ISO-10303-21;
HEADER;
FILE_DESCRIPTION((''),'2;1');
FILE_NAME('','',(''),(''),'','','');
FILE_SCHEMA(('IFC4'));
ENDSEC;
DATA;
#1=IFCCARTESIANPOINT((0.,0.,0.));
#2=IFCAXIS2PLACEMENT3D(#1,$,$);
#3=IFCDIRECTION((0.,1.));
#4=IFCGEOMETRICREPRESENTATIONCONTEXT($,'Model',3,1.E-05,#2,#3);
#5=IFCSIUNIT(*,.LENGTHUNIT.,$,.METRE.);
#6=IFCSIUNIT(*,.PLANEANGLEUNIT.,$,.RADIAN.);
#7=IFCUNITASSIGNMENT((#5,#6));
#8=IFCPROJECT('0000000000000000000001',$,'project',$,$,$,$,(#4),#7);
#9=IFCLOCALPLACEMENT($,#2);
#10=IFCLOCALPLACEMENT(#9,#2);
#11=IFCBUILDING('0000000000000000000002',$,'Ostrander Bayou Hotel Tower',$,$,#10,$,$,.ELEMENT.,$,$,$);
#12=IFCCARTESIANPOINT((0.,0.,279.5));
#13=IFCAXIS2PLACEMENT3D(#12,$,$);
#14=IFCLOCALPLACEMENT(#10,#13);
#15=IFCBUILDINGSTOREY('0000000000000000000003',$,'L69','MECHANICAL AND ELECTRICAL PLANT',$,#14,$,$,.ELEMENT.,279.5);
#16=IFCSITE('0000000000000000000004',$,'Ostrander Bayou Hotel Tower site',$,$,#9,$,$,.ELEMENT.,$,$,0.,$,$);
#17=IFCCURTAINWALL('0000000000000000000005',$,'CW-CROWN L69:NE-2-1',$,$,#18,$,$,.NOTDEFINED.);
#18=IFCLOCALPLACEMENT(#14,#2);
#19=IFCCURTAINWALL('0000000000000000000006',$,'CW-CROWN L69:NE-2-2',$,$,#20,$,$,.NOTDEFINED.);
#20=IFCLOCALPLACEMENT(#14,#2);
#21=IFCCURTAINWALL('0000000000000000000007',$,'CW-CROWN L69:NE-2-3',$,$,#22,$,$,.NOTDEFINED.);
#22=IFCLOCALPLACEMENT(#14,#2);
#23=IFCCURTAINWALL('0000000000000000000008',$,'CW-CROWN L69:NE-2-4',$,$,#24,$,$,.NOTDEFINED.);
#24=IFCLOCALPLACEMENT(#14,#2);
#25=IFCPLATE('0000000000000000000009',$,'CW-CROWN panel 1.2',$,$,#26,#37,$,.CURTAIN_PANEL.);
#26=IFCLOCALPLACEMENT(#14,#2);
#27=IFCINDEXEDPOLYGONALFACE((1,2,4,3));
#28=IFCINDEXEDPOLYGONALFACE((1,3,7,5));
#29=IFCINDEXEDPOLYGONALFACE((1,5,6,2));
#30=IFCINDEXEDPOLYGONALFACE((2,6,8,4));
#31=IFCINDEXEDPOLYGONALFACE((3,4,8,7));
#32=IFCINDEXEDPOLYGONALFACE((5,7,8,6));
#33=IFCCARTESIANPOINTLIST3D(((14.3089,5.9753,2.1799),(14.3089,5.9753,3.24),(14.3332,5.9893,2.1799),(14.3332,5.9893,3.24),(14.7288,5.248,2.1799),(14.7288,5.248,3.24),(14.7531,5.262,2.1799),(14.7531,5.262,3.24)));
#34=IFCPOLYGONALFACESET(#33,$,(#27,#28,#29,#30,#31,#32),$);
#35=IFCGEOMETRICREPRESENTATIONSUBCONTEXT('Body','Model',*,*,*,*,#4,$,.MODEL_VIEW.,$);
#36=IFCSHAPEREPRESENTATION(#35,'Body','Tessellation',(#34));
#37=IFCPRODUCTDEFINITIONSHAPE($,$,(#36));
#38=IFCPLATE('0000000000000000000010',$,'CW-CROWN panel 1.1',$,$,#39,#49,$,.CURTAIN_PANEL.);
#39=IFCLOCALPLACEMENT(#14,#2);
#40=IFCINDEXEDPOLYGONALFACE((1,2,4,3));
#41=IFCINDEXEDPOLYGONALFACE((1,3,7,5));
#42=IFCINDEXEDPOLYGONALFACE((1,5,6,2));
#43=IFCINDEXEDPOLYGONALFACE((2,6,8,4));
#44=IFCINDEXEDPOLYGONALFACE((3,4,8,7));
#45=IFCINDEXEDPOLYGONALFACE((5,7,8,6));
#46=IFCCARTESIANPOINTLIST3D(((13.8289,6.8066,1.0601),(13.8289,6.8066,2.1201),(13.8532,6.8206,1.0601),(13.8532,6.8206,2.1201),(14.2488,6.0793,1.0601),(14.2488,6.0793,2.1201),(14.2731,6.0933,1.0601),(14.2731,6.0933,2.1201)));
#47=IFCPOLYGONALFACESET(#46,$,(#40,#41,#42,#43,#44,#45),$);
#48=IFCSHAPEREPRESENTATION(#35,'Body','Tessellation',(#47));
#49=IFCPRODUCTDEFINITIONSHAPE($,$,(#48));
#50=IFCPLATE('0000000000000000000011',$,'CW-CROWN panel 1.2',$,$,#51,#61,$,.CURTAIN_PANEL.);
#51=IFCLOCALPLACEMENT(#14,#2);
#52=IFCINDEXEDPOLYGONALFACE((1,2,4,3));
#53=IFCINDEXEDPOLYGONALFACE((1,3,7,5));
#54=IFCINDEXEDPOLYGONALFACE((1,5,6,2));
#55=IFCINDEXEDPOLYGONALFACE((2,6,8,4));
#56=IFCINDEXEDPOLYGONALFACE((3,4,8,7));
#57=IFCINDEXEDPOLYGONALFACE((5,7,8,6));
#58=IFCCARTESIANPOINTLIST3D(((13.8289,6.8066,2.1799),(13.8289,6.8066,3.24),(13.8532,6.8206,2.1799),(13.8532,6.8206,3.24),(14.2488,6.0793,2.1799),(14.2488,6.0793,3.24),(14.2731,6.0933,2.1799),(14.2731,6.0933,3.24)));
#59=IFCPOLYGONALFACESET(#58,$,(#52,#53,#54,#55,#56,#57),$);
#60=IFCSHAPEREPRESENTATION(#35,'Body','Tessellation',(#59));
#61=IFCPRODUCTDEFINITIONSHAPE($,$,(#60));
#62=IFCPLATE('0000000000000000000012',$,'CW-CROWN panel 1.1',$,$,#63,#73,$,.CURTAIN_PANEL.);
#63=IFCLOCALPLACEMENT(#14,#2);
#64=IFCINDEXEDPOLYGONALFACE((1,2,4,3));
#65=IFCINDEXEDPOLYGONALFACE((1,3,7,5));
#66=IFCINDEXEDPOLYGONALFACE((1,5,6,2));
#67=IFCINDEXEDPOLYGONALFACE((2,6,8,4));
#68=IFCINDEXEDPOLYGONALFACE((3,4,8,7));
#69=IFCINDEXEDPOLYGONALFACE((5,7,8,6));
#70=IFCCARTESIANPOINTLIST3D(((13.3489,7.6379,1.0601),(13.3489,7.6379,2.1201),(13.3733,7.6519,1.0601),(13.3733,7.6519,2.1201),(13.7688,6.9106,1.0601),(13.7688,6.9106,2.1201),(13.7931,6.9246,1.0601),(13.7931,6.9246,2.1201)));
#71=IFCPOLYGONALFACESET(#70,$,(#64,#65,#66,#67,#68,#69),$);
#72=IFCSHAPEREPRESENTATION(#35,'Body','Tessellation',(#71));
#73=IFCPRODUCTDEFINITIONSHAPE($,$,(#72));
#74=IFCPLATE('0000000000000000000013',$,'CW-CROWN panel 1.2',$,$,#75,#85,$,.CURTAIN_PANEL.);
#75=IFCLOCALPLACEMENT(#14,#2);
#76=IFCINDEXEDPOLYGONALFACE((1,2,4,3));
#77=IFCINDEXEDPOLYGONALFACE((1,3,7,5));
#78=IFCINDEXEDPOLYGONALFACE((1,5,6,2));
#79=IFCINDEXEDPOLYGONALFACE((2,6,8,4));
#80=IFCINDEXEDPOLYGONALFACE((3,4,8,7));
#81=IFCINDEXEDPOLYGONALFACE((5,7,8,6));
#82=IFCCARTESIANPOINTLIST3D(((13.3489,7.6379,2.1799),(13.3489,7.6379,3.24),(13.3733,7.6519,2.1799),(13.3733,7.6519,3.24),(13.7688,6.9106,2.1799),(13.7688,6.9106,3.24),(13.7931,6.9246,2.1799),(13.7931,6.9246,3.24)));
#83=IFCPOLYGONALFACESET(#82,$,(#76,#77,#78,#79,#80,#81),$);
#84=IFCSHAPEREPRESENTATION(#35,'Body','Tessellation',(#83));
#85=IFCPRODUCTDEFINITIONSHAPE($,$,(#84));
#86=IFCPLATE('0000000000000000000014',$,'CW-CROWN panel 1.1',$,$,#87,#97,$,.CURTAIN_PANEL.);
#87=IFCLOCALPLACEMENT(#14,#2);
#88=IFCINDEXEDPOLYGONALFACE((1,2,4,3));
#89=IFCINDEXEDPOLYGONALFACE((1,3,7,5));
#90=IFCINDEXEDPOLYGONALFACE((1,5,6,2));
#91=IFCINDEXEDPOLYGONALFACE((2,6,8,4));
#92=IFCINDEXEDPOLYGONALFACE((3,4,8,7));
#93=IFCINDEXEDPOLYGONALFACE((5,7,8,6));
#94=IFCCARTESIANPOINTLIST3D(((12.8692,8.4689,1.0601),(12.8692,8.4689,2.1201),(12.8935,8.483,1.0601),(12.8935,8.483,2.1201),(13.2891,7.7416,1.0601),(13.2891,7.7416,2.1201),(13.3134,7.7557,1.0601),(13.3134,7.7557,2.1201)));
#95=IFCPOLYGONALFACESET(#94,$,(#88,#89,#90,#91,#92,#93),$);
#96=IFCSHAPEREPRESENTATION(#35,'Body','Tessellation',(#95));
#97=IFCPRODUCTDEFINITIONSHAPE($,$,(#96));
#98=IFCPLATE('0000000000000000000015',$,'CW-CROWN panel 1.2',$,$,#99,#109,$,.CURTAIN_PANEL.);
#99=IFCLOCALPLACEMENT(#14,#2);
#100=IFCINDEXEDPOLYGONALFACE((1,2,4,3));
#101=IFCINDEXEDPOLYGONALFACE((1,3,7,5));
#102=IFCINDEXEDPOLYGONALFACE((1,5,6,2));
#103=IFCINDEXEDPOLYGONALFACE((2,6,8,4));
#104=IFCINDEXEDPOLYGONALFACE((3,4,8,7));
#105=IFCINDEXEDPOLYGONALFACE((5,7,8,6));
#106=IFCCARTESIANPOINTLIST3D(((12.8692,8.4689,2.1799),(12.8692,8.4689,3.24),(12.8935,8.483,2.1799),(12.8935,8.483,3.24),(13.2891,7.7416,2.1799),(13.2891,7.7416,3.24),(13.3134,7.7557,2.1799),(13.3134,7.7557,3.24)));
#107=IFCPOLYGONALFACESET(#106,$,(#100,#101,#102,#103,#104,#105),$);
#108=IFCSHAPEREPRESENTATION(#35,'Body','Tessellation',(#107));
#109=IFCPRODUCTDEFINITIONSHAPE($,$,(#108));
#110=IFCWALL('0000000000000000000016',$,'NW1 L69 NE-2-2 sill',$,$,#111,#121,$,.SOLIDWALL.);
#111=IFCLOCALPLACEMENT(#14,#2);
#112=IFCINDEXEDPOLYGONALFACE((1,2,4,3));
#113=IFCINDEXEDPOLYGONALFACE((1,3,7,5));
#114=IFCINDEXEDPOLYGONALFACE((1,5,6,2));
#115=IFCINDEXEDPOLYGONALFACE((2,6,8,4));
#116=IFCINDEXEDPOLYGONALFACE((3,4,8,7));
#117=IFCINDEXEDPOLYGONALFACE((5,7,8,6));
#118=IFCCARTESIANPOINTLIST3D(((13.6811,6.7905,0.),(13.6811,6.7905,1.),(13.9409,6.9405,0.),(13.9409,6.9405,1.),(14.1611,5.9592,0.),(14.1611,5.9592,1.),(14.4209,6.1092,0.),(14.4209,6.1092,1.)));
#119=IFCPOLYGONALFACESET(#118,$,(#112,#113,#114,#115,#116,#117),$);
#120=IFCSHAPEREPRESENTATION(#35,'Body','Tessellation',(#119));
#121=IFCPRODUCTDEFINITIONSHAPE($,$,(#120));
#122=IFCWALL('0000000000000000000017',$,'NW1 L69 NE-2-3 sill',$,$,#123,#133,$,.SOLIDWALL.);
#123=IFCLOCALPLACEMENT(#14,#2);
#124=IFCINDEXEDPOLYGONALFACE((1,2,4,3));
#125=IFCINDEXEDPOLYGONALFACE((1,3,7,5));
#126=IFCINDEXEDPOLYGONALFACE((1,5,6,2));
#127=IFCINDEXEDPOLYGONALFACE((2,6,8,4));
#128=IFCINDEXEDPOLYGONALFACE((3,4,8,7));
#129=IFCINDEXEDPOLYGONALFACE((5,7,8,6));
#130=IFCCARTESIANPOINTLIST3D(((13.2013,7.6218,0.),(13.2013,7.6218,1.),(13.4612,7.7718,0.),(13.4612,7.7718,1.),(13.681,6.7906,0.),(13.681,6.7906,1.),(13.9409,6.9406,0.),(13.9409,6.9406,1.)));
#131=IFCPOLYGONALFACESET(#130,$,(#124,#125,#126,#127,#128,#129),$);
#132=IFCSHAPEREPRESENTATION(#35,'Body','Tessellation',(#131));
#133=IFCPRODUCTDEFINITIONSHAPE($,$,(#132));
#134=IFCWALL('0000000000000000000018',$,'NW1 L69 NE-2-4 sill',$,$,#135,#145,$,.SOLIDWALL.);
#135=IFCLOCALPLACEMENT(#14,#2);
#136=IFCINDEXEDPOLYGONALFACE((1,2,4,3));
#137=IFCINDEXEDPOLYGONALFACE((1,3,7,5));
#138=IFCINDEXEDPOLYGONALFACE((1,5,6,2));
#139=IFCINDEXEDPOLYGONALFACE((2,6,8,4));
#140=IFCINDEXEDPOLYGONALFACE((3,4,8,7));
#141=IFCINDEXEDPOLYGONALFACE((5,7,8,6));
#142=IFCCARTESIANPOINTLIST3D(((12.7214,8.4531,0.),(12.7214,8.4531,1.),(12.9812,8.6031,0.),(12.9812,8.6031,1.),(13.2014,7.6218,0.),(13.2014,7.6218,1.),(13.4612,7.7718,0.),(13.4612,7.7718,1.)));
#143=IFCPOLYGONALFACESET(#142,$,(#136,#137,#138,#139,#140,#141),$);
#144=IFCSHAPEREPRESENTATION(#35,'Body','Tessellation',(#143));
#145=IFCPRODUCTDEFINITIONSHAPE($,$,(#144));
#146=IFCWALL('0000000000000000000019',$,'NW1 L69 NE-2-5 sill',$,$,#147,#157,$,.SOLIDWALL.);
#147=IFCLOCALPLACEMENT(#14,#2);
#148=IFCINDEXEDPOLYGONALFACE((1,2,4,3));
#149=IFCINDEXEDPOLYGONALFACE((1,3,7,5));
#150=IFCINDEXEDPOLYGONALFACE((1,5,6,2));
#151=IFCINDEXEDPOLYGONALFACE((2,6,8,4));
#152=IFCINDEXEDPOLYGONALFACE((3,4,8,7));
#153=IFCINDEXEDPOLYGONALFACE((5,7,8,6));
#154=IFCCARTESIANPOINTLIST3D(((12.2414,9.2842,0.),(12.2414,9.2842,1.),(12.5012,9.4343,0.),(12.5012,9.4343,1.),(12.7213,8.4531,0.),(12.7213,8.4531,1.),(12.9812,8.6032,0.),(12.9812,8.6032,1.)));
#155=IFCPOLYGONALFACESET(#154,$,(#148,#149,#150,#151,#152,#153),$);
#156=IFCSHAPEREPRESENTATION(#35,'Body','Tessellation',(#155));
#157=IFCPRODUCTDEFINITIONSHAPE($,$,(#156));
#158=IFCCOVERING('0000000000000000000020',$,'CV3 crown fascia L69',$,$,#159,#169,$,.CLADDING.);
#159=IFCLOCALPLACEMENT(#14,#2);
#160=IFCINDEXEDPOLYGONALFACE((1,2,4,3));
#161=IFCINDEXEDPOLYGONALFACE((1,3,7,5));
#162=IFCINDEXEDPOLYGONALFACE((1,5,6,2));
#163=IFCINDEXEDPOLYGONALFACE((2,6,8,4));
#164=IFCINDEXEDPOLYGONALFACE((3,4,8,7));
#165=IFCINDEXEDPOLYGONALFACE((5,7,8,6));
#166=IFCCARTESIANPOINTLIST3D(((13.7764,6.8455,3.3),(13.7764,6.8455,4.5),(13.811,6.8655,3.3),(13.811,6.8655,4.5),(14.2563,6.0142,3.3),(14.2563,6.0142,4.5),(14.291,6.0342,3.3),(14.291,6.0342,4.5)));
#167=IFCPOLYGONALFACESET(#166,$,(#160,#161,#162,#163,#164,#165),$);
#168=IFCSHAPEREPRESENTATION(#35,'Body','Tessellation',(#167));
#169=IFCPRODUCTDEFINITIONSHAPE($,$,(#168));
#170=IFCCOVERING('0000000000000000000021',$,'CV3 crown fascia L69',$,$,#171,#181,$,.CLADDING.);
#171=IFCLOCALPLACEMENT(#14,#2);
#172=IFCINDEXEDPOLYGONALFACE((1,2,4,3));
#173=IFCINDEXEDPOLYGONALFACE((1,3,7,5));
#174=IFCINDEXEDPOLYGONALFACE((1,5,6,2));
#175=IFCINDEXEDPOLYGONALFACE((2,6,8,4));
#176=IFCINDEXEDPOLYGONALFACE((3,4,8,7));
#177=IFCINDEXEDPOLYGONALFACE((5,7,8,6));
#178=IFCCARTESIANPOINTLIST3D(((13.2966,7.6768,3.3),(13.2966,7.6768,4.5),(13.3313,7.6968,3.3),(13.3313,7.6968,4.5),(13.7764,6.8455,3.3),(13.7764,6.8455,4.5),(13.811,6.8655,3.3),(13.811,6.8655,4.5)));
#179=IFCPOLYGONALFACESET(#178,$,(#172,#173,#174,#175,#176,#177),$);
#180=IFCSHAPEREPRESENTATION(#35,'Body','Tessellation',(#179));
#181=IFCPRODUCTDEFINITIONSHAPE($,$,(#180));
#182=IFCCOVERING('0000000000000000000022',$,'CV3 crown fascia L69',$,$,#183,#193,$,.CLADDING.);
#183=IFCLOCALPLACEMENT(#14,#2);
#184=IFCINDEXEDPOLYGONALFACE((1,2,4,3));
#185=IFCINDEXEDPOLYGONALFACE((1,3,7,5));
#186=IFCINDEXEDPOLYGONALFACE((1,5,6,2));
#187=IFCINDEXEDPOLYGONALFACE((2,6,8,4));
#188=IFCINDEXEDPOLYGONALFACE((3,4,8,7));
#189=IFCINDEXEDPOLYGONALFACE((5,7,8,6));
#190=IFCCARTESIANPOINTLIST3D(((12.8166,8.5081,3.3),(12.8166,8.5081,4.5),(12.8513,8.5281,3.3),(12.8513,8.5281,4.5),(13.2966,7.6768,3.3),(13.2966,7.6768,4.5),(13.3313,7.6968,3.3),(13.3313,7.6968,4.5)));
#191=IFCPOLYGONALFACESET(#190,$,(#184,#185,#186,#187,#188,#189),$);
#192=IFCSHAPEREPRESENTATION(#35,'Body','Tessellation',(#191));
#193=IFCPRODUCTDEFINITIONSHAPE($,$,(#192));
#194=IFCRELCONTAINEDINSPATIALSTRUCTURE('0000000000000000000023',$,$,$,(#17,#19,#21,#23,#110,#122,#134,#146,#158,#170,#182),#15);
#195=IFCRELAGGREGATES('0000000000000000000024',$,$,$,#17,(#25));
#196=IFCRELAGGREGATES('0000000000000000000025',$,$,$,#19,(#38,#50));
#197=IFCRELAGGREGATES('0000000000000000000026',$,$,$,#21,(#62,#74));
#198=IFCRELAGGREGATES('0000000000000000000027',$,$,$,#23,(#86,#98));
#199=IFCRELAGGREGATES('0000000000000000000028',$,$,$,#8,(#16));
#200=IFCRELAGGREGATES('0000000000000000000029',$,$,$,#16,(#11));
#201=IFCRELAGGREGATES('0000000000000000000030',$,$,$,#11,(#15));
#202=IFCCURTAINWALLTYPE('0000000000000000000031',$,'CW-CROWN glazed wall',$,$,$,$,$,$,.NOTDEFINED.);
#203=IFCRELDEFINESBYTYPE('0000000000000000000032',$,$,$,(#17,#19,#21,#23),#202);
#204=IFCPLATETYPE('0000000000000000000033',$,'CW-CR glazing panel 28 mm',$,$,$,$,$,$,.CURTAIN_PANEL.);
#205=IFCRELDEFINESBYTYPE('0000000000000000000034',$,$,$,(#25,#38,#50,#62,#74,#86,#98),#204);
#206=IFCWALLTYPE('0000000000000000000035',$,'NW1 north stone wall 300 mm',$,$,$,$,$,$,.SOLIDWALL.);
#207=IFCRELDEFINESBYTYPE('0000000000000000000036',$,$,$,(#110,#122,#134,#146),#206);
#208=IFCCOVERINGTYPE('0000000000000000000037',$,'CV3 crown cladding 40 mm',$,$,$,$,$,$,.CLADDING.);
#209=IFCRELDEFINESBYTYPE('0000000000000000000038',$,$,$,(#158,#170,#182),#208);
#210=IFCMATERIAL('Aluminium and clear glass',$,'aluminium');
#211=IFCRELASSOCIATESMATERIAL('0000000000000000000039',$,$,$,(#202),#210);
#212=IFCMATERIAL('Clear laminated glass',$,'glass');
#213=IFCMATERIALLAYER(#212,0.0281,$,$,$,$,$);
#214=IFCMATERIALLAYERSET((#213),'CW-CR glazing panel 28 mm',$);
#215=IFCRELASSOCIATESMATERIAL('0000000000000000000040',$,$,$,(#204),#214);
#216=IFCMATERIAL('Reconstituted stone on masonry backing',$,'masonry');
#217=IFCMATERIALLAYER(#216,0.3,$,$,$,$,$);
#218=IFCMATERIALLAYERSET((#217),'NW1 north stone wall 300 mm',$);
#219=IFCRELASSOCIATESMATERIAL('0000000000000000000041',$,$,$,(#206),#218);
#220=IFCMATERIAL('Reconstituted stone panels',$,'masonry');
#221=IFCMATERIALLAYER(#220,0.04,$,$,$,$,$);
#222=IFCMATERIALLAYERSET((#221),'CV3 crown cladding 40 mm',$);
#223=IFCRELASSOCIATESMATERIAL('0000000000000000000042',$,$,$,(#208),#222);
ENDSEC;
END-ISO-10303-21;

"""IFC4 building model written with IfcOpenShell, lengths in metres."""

from ifc_helpers import new_model, si_unit, direction, frame, frame_2d, origin, origin_2d, place, context, subcontext, project, spatial, polyline, rectangle, outline, extrude, material, layer, layer_set, type_object, element, aggregate, save


model = new_model("IFC4")

# Units and contexts
model_context = context("Model", 3, precision=1e-05, world=origin(), true_north=direction((0.0, 1.0)))
body_context = subcontext(model_context, "Body", "Model", "MODEL_VIEW")
ifc_project = project(units=[si_unit("LENGTHUNIT", "METRE"), si_unit("PLANEANGLEUNIT", "RADIAN")], contexts=[model_context])

# Site, building, storey
site_placement = place(None, origin())
site = spatial("IfcSite", under=ifc_project, at=site_placement, Name="Ostrander Bayou Hotel Tower site", CompositionType="ELEMENT", RefElevation=0.0)
building_placement = place(site_placement, origin())
building = spatial("IfcBuilding", under=site, at=building_placement, Name="Ostrander Bayou Hotel Tower", CompositionType="ELEMENT")
storey_placement = place(building_placement, frame((0.0, 0.0, 279.5)))
storey = spatial("IfcBuildingStorey", under=building, at=storey_placement, Name="L69", Description="MECHANICAL AND ELECTRICAL PLANT", CompositionType="ELEMENT", Elevation=279.5)

# Curtain wall
ifc_material_1 = material(Name="Aluminium and clear glass", Category="aluminium")
curtain_wall_type = type_object("IfcCurtainWallType", Name="CW-CROWN glazed wall", PredefinedType="NOTDEFINED", material=ifc_material_1)
curtain_wall_1_placement = place(storey_placement, origin())
curtain_wall_1 = element("IfcCurtainWall", 1, at=curtain_wall_1_placement, inside=storey, type_object=curtain_wall_type, Name="CW-CROWN L69:NE-2-1", PredefinedType="NOTDEFINED")

# Curtain walls
curtain_wall_2_placement = place(storey_placement, origin())
curtain_wall_2 = element("IfcCurtainWall", 2, at=curtain_wall_2_placement, inside=storey, type_object=curtain_wall_type, Name="CW-CROWN L69:NE-2-2", PredefinedType="NOTDEFINED")
curtain_wall_3_placement = place(storey_placement, origin())
curtain_wall_3 = element("IfcCurtainWall", 3, at=curtain_wall_3_placement, inside=storey, type_object=curtain_wall_type, Name="CW-CROWN L69:NE-2-3", PredefinedType="NOTDEFINED")
curtain_wall_4_placement = place(storey_placement, origin())
curtain_wall_4 = element("IfcCurtainWall", 4, at=curtain_wall_4_placement, inside=storey, type_object=curtain_wall_type, Name="CW-CROWN L69:NE-2-4", PredefinedType="NOTDEFINED")

# Plates
ifc_material_2 = material(Name="Clear laminated glass", Category="glass")
ifc_layer_1 = layer(ifc_material_2, 0.0281)
ifc_layer_set_1 = layer_set([ifc_layer_1], Name="CW-CR glazing panel 28 mm")
plate_type = type_object("IfcPlateType", Name="CW-CR glazing panel 28 mm", PredefinedType="CURTAIN_PANEL", material=ifc_layer_set_1)
plate_1_placement = place(storey_placement, frame((14.531, 5.6187, 2.1799), z_axis=(0.0, 0.0, 1.0), x_axis=(-0.500005, 0.866022, 0.0)))
plate_1 = element("IfcPlate", 5, at=plate_1_placement, type_object=plate_type, Name="CW-CROWN panel 1.2", PredefinedType="CURTAIN_PANEL", context=body_context, shape_type="SweptSolid", body=[
    extrude(rectangle(XDim=0.8398, YDim=0.0281, at=origin_2d()), origin(), (0.0, 0.0, 1.0), 1.0601),
])
aggregate(curtain_wall_1, [plate_1])
plate_2_placement = place(storey_placement, frame((14.051, 6.45, 1.0601), z_axis=(0.0, 0.0, 1.0), x_axis=(-0.500005, 0.866022, 0.0)))
plate_2 = element("IfcPlate", 6, at=plate_2_placement, type_object=plate_type, Name="CW-CROWN panel 1.1", PredefinedType="CURTAIN_PANEL", context=body_context, shape_type="SweptSolid", body=[
    extrude(rectangle(XDim=0.8398, YDim=0.0281, at=origin_2d()), origin(), (0.0, 0.0, 1.0), 1.0601),
])
plate_3_placement = place(storey_placement, frame((14.051, 6.45, 2.1799), z_axis=(0.0, 0.0, 1.0), x_axis=(-0.500005, 0.866022, 0.0)))
plate_3 = element("IfcPlate", 7, at=plate_3_placement, type_object=plate_type, Name="CW-CROWN panel 1.2", PredefinedType="CURTAIN_PANEL", context=body_context, shape_type="SweptSolid", body=[
    extrude(rectangle(XDim=0.8398, YDim=0.0281, at=origin_2d()), origin(), (0.0, 0.0, 1.0), 1.0601),
])
aggregate(curtain_wall_2, [plate_2, plate_3])
plate_4_placement = place(storey_placement, frame((13.571, 7.2812, 1.0601), z_axis=(0.0, 0.0, 1.0), x_axis=(-0.49996, 0.866049, 0.0)))
plate_4 = element("IfcPlate", 8, at=plate_4_placement, type_object=plate_type, Name="CW-CROWN panel 1.1", PredefinedType="CURTAIN_PANEL", context=body_context, shape_type="SweptSolid", body=[
    extrude(rectangle(XDim=0.8398, YDim=0.0281, at=origin_2d()), origin(), (0.0, 0.0, 1.0), 1.0601),
])
plate_5_placement = place(storey_placement, frame((13.571, 7.2812, 2.1799), z_axis=(0.0, 0.0, 1.0), x_axis=(-0.49996, 0.866049, 0.0)))
plate_5 = element("IfcPlate", 9, at=plate_5_placement, type_object=plate_type, Name="CW-CROWN panel 1.2", PredefinedType="CURTAIN_PANEL", context=body_context, shape_type="SweptSolid", body=[
    extrude(rectangle(XDim=0.8398, YDim=0.0281, at=origin_2d()), origin(), (0.0, 0.0, 1.0), 1.0601),
])
aggregate(curtain_wall_3, [plate_4, plate_5])
plate_6_placement = place(storey_placement, frame((13.0913, 8.1123, 1.0601), z_axis=(0.0, 0.0, 1.0), x_axis=(-0.500005, 0.866022, 0.0)))
plate_6 = element("IfcPlate", 10, at=plate_6_placement, type_object=plate_type, Name="CW-CROWN panel 1.1", PredefinedType="CURTAIN_PANEL", context=body_context, shape_type="SweptSolid", body=[
    extrude(rectangle(XDim=0.8398, YDim=0.0281, at=origin_2d()), origin(), (0.0, 0.0, 1.0), 1.0601),
])
plate_7_placement = place(storey_placement, frame((13.0913, 8.1123, 2.1799), z_axis=(0.0, 0.0, 1.0), x_axis=(-0.500005, 0.866022, 0.0)))
plate_7 = element("IfcPlate", 11, at=plate_7_placement, type_object=plate_type, Name="CW-CROWN panel 1.2", PredefinedType="CURTAIN_PANEL", context=body_context, shape_type="SweptSolid", body=[
    extrude(rectangle(XDim=0.8398, YDim=0.0281, at=origin_2d()), origin(), (0.0, 0.0, 1.0), 1.0601),
])
aggregate(curtain_wall_4, [plate_6, plate_7])

# Walls
ifc_material_3 = material(Name="Reconstituted stone on masonry backing", Category="masonry")
ifc_layer_2 = layer(ifc_material_3, 0.3)
ifc_layer_set_2 = layer_set([ifc_layer_2], Name="NW1 north stone wall 300 mm")
wall_type = type_object("IfcWallType", Name="NW1 north stone wall 300 mm", PredefinedType="SOLIDWALL", material=ifc_layer_set_2)
wall_1_placement = place(storey_placement, frame((14.291, 6.0342, 0.0), z_axis=(0.0, 0.0, 1.0), x_axis=(-0.500023, 0.866012, 0.0)))
element("IfcWall", 12, at=wall_1_placement, inside=storey, type_object=wall_type, Name="NW1 L69 NE-2-2 sill", PredefinedType="SOLIDWALL", context=body_context, shape_type="SweptSolid", body=[
    extrude(rectangle(XDim=0.96, YDim=0.3, at=frame_2d((0.48, 0.0))), origin(), (0.0, 0.0, 1.0), 1.0),
])
wall_2_placement = place(storey_placement, frame((13.811, 6.8655, 0.0), z_axis=(0.0, 0.0, 1.0), x_axis=(-0.499833, 0.866122, 0.0)))
element("IfcWall", 13, at=wall_2_placement, inside=storey, type_object=wall_type, Name="NW1 L69 NE-2-3 sill", PredefinedType="SOLIDWALL", context=body_context, shape_type="SweptSolid", body=[
    extrude(rectangle(XDim=0.9597, YDim=0.3, at=frame_2d((0.48, 0.0))), origin(), (0.0, 0.0, 1.0), 1.0),
])
wall_3_placement = place(storey_placement, frame((13.3313, 7.6968, 0.0), z_axis=(0.0, 0.0, 1.0), x_axis=(-0.500023, 0.866012, 0.0)))
element("IfcWall", 14, at=wall_3_placement, inside=storey, type_object=wall_type, Name="NW1 L69 NE-2-4 sill", PredefinedType="SOLIDWALL", context=body_context, shape_type="SweptSolid", body=[
    extrude(rectangle(XDim=0.96, YDim=0.3, at=frame_2d((0.48, 0.0))), origin(), (0.0, 0.0, 1.0), 1.0),
])
wall_4_placement = place(storey_placement, frame((12.8513, 8.5281, 0.0), z_axis=(0.0, 0.0, 1.0), x_axis=(-0.500133, 0.865948, 0.0)))
element("IfcWall", 15, at=wall_4_placement, inside=storey, type_object=wall_type, Name="NW1 L69 NE-2-5 sill", PredefinedType="SOLIDWALL", context=body_context, shape_type="SweptSolid", body=[
    extrude(rectangle(XDim=0.9597, YDim=0.3, at=frame_2d((0.48, 0.0))), origin(), (0.0, 0.0, 1.0), 1.0),
])

# Coverings
ifc_material_4 = material(Name="Reconstituted stone panels", Category="masonry")
ifc_layer_3 = layer(ifc_material_4, 0.04)
ifc_layer_set_3 = layer_set([ifc_layer_3], Name="CV3 crown cladding 40 mm")
covering_type = type_object("IfcCoveringType", Name="CV3 crown cladding 40 mm", PredefinedType="CLADDING", material=ifc_layer_set_3)
covering_1_placement = place(storey_placement, frame((14.291, 6.0342, 3.3), z_axis=(0.866012, 0.500023, 0.0), x_axis=(-0.500023, 0.866012, 0.0)))
element("IfcCovering", 16, at=covering_1_placement, inside=storey, type_object=covering_type, Name="CV3 crown fascia L69", PredefinedType="CLADDING", context=body_context, shape_type="SweptSolid", body=[
    extrude(outline(polyline([(0.0, 0.0), (0.9599, 0.0), (0.9599, 1.2), (0.0, 1.2), (0.0, 0.0)])), origin(), (0.0, 0.0, -1.0), 0.04),
])
covering_2_placement = place(storey_placement, frame((13.811, 6.8655, 3.3), z_axis=(0.866122, 0.499833, 0.0), x_axis=(-0.499833, 0.866122, 0.0)))
element("IfcCovering", 17, at=covering_2_placement, inside=storey, type_object=covering_type, Name="CV3 crown fascia L69", PredefinedType="CLADDING", context=body_context, shape_type="SweptSolid", body=[
    extrude(outline(polyline([(0.0, 0.0), (0.9598, 0.0), (0.9598, 1.2), (0.0, 1.2), (0.0, 0.0)])), origin(), (0.0, 0.0, -1.0), 0.04),
])
covering_3_placement = place(storey_placement, frame((13.3313, 7.6968, 3.3), z_axis=(0.866012, 0.500023, 0.0), x_axis=(-0.500023, 0.866012, 0.0)))
element("IfcCovering", 18, at=covering_3_placement, inside=storey, type_object=covering_type, Name="CV3 crown fascia L69", PredefinedType="CLADDING", context=body_context, shape_type="SweptSolid", body=[
    extrude(outline(polyline([(0.0, 0.0), (0.9599, 0.0), (0.9599, 1.2), (0.0, 1.2), (0.0, 0.0)])), origin(), (0.0, 0.0, -1.0), 0.04),
])

save(model, "model.ifc")
